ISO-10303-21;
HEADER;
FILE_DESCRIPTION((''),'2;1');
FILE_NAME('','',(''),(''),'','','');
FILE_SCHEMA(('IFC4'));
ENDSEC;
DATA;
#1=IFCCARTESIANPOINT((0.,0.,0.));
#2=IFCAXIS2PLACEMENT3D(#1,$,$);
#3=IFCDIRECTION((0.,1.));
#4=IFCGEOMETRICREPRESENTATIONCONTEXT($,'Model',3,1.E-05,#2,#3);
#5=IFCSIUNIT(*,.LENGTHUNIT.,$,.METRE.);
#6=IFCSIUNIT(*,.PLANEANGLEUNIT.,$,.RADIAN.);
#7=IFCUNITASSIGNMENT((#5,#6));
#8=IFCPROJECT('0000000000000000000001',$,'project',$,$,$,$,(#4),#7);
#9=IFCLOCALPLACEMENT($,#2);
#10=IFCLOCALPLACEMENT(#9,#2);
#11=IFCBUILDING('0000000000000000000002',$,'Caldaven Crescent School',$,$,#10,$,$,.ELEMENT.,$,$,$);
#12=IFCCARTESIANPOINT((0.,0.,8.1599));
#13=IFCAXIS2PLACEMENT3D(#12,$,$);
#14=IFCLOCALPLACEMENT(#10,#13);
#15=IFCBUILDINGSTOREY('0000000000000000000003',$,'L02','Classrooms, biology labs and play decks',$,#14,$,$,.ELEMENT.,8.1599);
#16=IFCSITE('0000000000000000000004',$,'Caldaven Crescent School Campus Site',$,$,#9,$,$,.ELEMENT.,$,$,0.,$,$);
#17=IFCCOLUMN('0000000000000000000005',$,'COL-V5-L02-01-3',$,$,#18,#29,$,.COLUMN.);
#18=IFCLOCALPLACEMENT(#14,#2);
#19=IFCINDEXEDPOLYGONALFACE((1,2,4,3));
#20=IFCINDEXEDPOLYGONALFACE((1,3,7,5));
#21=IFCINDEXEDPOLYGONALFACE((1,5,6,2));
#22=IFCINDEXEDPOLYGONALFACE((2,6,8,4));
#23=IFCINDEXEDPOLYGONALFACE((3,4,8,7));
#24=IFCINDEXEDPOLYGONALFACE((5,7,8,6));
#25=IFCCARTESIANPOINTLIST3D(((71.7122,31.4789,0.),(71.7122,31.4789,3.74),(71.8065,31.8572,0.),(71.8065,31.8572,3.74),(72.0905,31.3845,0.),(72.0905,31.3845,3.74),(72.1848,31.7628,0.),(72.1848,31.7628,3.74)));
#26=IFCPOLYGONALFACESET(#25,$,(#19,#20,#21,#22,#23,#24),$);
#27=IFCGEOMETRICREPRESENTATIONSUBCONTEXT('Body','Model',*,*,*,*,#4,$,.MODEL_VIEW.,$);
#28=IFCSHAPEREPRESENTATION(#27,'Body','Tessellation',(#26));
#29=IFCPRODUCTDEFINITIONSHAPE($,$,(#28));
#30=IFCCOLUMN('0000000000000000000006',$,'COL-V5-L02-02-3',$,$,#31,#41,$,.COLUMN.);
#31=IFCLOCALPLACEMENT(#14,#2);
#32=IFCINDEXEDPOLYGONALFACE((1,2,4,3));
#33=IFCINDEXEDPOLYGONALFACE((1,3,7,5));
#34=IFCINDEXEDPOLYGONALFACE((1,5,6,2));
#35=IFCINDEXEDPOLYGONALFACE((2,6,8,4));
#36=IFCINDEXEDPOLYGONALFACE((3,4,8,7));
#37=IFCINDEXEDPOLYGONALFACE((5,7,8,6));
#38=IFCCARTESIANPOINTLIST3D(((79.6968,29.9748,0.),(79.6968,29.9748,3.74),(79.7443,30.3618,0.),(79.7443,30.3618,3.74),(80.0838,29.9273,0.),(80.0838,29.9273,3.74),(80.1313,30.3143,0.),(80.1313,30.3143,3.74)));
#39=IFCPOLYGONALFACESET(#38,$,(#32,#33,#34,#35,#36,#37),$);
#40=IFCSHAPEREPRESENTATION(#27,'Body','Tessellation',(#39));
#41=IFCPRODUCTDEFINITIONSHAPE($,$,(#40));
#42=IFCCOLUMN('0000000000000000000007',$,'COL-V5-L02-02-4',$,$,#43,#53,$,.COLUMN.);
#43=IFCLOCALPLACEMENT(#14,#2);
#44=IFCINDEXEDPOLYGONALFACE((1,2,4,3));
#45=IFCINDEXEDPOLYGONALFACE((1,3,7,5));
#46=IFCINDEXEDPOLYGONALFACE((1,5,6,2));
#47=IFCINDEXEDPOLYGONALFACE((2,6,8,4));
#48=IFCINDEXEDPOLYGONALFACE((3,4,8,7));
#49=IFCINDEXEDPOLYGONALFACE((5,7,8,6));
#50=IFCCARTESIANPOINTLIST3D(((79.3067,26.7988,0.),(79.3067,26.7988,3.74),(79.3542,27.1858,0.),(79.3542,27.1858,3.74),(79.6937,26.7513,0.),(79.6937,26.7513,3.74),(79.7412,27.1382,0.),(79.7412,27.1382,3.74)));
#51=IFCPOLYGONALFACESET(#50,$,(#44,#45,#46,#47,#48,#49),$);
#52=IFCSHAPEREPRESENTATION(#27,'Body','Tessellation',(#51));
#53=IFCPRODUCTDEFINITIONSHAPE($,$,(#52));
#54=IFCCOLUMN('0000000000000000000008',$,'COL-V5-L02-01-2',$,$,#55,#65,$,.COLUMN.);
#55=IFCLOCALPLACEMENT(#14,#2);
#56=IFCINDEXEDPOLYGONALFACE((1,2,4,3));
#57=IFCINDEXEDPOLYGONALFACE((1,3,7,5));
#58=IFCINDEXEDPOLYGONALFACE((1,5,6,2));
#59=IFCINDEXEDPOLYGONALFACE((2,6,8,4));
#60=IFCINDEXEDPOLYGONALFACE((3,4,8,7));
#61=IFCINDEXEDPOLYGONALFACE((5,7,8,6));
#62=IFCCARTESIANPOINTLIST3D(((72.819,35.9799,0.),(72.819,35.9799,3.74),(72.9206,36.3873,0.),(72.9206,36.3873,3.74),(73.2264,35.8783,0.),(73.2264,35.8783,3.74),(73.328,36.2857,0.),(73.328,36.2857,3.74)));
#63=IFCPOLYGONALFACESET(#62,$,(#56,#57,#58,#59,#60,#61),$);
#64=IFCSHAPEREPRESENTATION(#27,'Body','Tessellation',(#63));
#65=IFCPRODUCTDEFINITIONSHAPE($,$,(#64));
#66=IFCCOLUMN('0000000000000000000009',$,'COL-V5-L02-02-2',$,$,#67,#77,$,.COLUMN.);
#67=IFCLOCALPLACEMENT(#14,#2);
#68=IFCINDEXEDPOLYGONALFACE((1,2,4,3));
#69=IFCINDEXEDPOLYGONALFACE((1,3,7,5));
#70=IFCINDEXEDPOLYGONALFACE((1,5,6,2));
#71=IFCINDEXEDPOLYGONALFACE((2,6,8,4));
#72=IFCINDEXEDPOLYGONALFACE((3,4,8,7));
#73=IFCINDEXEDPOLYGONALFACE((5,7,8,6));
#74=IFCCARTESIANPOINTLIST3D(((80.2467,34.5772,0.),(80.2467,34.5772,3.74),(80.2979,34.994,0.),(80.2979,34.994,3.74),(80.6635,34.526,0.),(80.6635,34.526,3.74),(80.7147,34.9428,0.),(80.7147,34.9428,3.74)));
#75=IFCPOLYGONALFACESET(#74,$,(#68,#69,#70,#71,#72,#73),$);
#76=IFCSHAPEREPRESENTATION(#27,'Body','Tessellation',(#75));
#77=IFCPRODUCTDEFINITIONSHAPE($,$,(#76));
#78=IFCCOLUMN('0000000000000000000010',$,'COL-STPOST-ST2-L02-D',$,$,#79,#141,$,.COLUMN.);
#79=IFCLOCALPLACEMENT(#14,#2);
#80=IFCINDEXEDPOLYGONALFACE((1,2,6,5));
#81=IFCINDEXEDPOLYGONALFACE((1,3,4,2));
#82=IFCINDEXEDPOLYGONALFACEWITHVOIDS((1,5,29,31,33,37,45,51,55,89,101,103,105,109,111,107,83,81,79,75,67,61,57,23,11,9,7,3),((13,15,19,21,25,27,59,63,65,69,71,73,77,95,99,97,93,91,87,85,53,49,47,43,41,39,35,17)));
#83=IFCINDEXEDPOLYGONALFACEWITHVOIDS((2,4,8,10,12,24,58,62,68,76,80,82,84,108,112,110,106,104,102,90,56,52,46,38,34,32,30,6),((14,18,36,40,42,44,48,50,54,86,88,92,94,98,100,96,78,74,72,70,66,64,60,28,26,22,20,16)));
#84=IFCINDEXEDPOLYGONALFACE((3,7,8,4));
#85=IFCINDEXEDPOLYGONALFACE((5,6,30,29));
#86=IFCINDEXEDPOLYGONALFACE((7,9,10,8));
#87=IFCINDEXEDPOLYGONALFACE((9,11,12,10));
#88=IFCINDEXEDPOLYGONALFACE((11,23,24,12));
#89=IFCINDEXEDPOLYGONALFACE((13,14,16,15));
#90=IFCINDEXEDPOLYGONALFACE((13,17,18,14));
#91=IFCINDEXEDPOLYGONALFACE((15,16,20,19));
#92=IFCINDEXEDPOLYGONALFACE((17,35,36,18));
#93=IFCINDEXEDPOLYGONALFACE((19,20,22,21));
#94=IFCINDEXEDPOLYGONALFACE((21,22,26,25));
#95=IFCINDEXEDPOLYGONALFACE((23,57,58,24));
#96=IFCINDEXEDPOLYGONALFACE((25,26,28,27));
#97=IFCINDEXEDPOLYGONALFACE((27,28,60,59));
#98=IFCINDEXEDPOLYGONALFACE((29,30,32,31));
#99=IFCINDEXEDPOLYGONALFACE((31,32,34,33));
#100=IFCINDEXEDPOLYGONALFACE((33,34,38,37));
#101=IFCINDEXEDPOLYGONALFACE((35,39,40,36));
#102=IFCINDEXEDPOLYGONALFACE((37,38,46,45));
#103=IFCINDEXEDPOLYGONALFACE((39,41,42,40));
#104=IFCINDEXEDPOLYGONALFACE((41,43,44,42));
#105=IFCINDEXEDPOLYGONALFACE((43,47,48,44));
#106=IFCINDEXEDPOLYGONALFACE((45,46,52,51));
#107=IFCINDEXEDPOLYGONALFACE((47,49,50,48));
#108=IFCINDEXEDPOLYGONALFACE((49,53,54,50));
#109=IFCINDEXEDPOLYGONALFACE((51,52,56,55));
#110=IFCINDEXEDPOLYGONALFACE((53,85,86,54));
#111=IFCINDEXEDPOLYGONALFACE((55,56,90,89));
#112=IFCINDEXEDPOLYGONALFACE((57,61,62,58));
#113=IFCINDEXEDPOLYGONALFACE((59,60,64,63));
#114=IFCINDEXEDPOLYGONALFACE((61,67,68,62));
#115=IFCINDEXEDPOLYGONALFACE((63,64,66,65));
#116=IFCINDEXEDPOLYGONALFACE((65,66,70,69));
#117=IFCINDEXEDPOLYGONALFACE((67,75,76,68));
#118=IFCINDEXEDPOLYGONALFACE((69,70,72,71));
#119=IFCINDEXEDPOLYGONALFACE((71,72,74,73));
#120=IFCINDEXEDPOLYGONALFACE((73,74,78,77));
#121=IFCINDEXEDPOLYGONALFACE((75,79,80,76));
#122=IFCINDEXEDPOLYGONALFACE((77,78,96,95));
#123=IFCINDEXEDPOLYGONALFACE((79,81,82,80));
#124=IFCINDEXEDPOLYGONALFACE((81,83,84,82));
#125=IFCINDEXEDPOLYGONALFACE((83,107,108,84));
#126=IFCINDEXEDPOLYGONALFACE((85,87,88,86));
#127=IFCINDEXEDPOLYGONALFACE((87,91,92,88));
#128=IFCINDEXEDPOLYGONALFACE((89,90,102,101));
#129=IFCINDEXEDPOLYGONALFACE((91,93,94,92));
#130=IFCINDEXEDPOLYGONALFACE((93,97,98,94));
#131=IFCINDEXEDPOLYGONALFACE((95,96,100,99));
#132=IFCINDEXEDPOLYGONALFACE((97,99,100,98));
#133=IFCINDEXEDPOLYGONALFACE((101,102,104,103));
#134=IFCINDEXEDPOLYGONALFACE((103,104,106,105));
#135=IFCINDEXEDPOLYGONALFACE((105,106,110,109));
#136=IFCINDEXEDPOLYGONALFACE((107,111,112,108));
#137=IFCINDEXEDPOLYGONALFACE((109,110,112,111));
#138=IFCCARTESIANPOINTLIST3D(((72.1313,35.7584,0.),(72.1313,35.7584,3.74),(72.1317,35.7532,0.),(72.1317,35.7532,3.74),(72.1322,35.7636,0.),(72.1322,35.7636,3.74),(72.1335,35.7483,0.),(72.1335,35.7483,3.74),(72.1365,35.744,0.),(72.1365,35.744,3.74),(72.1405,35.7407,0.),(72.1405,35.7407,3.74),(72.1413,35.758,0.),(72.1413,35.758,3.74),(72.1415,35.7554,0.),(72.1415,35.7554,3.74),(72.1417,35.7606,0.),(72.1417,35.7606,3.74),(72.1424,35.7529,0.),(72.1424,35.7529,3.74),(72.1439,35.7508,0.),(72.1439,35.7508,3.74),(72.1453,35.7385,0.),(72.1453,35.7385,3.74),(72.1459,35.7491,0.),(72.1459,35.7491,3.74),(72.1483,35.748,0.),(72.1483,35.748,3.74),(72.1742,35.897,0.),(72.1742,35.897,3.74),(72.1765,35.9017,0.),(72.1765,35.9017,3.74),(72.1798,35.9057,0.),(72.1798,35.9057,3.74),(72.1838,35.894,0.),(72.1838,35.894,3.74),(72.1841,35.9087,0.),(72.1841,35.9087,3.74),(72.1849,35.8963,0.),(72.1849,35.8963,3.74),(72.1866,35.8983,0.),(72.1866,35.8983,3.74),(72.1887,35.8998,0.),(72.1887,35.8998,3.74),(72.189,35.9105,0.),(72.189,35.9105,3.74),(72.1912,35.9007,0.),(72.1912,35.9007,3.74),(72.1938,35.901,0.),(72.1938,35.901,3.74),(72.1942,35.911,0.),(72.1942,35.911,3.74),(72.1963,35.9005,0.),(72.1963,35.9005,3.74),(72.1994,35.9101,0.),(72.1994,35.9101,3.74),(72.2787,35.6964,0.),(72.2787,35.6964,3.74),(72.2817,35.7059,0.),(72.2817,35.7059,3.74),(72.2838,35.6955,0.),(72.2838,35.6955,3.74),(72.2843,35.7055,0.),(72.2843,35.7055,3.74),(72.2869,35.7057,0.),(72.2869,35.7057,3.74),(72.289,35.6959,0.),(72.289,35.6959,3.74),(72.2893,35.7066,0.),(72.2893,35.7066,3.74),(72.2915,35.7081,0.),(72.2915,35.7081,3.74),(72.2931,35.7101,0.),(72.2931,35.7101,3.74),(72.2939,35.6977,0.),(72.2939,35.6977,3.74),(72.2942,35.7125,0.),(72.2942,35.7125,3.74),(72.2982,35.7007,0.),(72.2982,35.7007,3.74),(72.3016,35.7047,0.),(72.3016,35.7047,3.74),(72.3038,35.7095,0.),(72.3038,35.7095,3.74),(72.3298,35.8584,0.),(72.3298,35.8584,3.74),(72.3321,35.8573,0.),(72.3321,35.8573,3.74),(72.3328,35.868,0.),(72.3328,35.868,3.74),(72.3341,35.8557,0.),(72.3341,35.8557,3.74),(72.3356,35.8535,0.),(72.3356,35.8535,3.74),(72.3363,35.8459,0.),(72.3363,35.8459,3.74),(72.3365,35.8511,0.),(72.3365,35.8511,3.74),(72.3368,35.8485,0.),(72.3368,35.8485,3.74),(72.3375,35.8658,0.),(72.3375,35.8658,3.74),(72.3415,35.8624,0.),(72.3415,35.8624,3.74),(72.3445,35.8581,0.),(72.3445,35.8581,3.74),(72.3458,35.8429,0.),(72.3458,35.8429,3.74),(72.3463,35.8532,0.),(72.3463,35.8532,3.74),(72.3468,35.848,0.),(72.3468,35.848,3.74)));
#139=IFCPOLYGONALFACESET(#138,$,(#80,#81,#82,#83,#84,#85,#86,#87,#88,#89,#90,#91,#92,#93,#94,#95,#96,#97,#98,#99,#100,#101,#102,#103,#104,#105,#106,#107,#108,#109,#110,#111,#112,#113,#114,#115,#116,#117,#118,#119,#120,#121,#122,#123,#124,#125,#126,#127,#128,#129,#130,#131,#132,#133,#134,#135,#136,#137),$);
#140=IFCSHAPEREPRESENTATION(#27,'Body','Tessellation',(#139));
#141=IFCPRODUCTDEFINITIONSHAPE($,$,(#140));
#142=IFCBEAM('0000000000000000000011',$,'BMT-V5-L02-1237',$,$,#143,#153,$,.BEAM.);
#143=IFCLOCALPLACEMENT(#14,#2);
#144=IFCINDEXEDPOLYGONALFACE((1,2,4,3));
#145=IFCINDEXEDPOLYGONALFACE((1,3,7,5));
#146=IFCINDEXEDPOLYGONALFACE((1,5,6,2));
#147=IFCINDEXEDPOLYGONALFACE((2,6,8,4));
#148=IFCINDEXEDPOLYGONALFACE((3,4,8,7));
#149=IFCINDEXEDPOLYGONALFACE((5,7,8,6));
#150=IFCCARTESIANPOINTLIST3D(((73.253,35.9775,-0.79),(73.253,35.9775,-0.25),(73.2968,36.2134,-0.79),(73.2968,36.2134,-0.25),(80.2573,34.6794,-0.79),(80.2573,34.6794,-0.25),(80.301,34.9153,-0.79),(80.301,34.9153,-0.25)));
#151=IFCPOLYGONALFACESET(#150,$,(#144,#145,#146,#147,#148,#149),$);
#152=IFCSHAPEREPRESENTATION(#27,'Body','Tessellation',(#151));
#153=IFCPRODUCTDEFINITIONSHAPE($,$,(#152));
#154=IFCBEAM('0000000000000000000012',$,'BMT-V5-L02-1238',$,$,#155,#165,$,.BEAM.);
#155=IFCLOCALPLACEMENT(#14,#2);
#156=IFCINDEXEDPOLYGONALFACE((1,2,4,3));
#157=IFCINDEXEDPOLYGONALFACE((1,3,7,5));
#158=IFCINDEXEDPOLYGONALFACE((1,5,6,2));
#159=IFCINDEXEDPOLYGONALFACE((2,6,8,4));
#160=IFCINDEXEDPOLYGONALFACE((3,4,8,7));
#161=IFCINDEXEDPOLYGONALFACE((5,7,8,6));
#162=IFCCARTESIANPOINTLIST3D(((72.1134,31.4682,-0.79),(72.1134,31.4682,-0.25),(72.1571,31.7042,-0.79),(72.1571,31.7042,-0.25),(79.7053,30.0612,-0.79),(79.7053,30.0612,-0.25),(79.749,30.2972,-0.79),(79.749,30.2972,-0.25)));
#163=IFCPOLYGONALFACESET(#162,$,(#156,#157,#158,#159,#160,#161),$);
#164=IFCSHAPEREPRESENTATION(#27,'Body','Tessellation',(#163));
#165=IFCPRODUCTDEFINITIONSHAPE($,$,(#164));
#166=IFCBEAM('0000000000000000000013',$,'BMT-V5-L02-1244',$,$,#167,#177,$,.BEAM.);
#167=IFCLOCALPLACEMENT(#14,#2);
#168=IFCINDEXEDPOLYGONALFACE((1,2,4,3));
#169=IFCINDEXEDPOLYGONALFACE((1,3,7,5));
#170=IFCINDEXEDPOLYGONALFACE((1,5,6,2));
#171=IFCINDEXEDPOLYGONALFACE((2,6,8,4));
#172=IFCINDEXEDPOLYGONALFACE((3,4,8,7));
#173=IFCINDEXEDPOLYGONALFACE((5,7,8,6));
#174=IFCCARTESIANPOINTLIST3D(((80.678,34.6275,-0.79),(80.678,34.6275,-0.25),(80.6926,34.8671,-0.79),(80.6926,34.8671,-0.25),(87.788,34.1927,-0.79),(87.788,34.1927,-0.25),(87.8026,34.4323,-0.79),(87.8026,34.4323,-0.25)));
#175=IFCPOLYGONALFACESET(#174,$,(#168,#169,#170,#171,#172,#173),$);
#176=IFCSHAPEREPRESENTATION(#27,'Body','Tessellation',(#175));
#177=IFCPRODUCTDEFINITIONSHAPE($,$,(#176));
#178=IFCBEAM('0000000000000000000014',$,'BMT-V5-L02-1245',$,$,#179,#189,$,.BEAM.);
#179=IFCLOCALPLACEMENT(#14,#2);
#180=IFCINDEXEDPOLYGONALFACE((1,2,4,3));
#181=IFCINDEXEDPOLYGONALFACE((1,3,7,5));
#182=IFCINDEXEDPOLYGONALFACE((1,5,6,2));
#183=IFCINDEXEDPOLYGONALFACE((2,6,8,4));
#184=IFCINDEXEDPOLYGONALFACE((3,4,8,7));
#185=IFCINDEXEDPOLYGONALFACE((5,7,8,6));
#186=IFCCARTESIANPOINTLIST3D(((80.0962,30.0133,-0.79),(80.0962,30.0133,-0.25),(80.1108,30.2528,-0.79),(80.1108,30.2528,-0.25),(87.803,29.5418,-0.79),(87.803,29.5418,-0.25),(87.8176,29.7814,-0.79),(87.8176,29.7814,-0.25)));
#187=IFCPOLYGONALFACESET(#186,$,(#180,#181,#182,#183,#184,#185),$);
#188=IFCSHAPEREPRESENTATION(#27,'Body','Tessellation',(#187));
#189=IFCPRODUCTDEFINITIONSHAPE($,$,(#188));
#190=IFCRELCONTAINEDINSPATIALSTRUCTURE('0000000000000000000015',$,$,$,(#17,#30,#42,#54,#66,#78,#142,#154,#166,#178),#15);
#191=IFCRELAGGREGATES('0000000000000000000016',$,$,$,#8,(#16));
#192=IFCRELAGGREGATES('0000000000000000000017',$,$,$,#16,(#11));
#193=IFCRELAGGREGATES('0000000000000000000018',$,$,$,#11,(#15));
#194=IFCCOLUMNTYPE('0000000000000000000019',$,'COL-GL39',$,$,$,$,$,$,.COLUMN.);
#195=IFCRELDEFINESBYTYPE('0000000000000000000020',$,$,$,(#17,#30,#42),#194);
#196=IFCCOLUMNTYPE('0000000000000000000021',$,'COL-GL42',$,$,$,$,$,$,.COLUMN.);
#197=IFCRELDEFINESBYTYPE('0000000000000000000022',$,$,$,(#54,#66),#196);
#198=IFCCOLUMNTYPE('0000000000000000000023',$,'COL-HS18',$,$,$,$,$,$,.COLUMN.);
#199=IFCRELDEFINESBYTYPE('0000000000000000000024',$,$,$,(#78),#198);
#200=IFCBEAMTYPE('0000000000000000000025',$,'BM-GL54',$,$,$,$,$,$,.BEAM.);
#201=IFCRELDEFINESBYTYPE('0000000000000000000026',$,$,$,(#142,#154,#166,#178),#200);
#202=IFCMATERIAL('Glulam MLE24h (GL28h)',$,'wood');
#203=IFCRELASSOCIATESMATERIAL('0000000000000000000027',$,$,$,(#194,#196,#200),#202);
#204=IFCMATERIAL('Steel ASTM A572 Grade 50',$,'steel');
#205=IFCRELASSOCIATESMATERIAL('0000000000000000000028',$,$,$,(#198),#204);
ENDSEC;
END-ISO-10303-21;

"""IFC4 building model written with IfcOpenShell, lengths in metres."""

from ifc_helpers import new_model, si_unit, direction, frame, origin, origin_2d, place, context, subcontext, project, spatial, rectangle, hollow_rectangle, extrude, material, material_profile, profile_set, type_object, element, save


model = new_model("IFC4")

# Units and contexts
model_context = context("Model", 3, precision=1e-05, world=origin(), true_north=direction((0.0, 1.0)))
body_context = subcontext(model_context, "Body", "Model", "MODEL_VIEW")
ifc_project = project(units=[si_unit("LENGTHUNIT", "METRE"), si_unit("PLANEANGLEUNIT", "RADIAN")], contexts=[model_context])

# Site, building, storey
site_placement = place(None, origin())
site = spatial("IfcSite", under=ifc_project, at=site_placement, Name="Caldaven Crescent School Campus Site", CompositionType="ELEMENT", RefElevation=0.0)
building_placement = place(site_placement, origin())
building = spatial("IfcBuilding", under=site, at=building_placement, Name="Caldaven Crescent School", CompositionType="ELEMENT")
storey_placement = place(building_placement, frame((0.0, 0.0, 8.1599)))
storey = spatial("IfcBuildingStorey", under=building, at=storey_placement, Name="L02", Description="Classrooms, biology labs and play decks", CompositionType="ELEMENT", Elevation=8.1599)

# Columns
ifc_material_1 = material(Name="Glulam MLE24h (GL28h)", Category="wood")
ifc_material_profile_1 = material_profile(ifc_material_1, rectangle(XDim=0.3899, YDim=0.3899, at=origin_2d()), Name="MLE 390x390")
ifc_profile_set_1 = profile_set([ifc_material_profile_1], Name="Glulam MLE24h (GL28h)")
column_type_1 = type_object("IfcColumnType", Name="COL-GL39", PredefinedType="COLUMN", material=ifc_profile_set_1)
for number, where, z_axis, x_axis, name in (
    (1, (71.9485, 31.6208, 0.0), (0.0, 0.0, 1.0), (-0.241922, -0.970296, 0.0), "COL-V5-L02-01-3"),
    (2, (79.9141, 30.1445, 0.0), (0.0, 0.0, 1.0), (-0.121869, -0.992546, 0.0), "COL-V5-L02-02-3"),
    (3, (79.5239, 26.9685, 0.0), (0.0, 0.0, 1.0), (-0.121869, -0.992546, 0.0), "COL-V5-L02-02-4"),
):
    element("IfcColumn", number, at=place(storey_placement, frame(where, z_axis=z_axis, x_axis=x_axis)), inside=storey, type_object=column_type_1, Name=name, PredefinedType="COLUMN", context=body_context, shape_type="SweptSolid", body=[
        extrude(rectangle(XDim=0.3899, YDim=0.3899, at=origin_2d()), origin(), (0.0, 0.0, 1.0), 3.74),
    ])
ifc_material_profile_2 = material_profile(ifc_material_1, rectangle(XDim=0.4199, YDim=0.4199, at=origin_2d()), Name="MLE 420x420")
ifc_profile_set_2 = profile_set([ifc_material_profile_2], Name="Glulam MLE24h (GL28h)")
column_type_2 = type_object("IfcColumnType", Name="COL-GL42", PredefinedType="COLUMN", material=ifc_profile_set_2)
for number, where, z_axis, x_axis, name in (
    (4, (73.0735, 36.1328, 0.0), (0.0, 0.0, 1.0), (-0.241922, -0.970296, 0.0), "COL-V5-L02-01-2"),
    (5, (80.4807, 34.76, 0.0), (0.0, 0.0, 1.0), (-0.121869, -0.992546, 0.0), "COL-V5-L02-02-2"),
):
    element("IfcColumn", number, at=place(storey_placement, frame(where, z_axis=z_axis, x_axis=x_axis)), inside=storey, type_object=column_type_2, Name=name, PredefinedType="COLUMN", context=body_context, shape_type="SweptSolid", body=[
        extrude(rectangle(XDim=0.4199, YDim=0.4199, at=origin_2d()), origin(), (0.0, 0.0, 1.0), 3.74),
    ])
ifc_material_2 = material(Name="Steel ASTM A572 Grade 50", Category="steel")
ifc_material_profile_3 = material_profile(ifc_material_2, hollow_rectangle(XDim=0.1799, YDim=0.1799, WallThickness=0.01, InnerFilletRadius=0.01, OuterFilletRadius=0.02, at=origin_2d()), Name="HSS 180x180x10")
ifc_profile_set_3 = profile_set([ifc_material_profile_3], Name="Steel ASTM A572 Grade 50")
column_type_3 = type_object("IfcColumnType", Name="COL-HS18", PredefinedType="COLUMN", material=ifc_profile_set_3)
column_placement = place(storey_placement, frame((72.239, 35.8032, 0.0), z_axis=(0.0, 0.0, 1.0), x_axis=(0.953717, -0.300706, 0.0)))
element("IfcColumn", 6, at=column_placement, inside=storey, type_object=column_type_3, Name="COL-STPOST-ST2-L02-D", PredefinedType="COLUMN", context=body_context, shape_type="SweptSolid", body=[
    extrude(hollow_rectangle(XDim=0.1799, YDim=0.1799, WallThickness=0.01, InnerFilletRadius=0.01, OuterFilletRadius=0.02, at=origin_2d()), origin(), (0.0, 0.0, 1.0), 3.74),
])

# Beams
ifc_material_profile_4 = material_profile(ifc_material_1, rectangle(XDim=0.24, YDim=0.54, at=origin_2d()), Name="MLE 240x540")
ifc_profile_set_4 = profile_set([ifc_material_profile_4], Name="Glulam MLE24h (GL28h)")
beam_type_1 = type_object("IfcBeamType", Name="BM-GL54", PredefinedType="BEAM", material=ifc_profile_set_4)
beam_1_placement = place(storey_placement, frame((73.2749, 36.0955, -0.52), z_axis=(0.983256, -0.182229, 0.0), x_axis=(0.182229, 0.983256, 0.0)))
element("IfcBeam", 7, at=beam_1_placement, inside=storey, type_object=beam_type_1, Name="BMT-V5-L02-1237", PredefinedType="BEAM", context=body_context, shape_type="SweptSolid", body=[
    extrude(rectangle(XDim=0.24, YDim=0.54, at=origin_2d()), origin(), (0.0, 0.0, 1.0), 7.1235),
])
beam_2_placement = place(storey_placement, frame((72.1353, 31.5862, -0.52), z_axis=(0.983257, -0.182226, 0.0), x_axis=(0.182226, 0.983257, 0.0)))
element("IfcBeam", 8, at=beam_2_placement, inside=storey, type_object=beam_type_1, Name="BMT-V5-L02-1238", PredefinedType="BEAM", context=body_context, shape_type="SweptSolid", body=[
    extrude(rectangle(XDim=0.24, YDim=0.54, at=origin_2d()), origin(), (0.0, 0.0, 1.0), 7.7212),
])
beam_3_placement = place(storey_placement, frame((80.6853, 34.7473, -0.52), z_axis=(0.998135, -0.06104, 0.0), x_axis=(0.06104, 0.998135, 0.0)))
element("IfcBeam", 9, at=beam_3_placement, inside=storey, type_object=beam_type_1, Name="BMT-V5-L02-1244", PredefinedType="BEAM", context=body_context, shape_type="SweptSolid", body=[
    extrude(rectangle(XDim=0.24, YDim=0.54, at=origin_2d()), origin(), (0.0, 0.0, 1.0), 7.1233),
])
beam_4_placement = place(storey_placement, frame((80.1035, 30.1331, -0.52), z_axis=(0.998134, -0.061057, 0.0), x_axis=(0.061057, 0.998134, 0.0)))
element("IfcBeam", 10, at=beam_4_placement, inside=storey, type_object=beam_type_1, Name="BMT-V5-L02-1245", PredefinedType="BEAM", context=body_context, shape_type="SweptSolid", body=[
    extrude(rectangle(XDim=0.24, YDim=0.54, at=origin_2d()), origin(), (0.0, 0.0, 1.0), 7.7212),
])

save(model, "model.ifc")
